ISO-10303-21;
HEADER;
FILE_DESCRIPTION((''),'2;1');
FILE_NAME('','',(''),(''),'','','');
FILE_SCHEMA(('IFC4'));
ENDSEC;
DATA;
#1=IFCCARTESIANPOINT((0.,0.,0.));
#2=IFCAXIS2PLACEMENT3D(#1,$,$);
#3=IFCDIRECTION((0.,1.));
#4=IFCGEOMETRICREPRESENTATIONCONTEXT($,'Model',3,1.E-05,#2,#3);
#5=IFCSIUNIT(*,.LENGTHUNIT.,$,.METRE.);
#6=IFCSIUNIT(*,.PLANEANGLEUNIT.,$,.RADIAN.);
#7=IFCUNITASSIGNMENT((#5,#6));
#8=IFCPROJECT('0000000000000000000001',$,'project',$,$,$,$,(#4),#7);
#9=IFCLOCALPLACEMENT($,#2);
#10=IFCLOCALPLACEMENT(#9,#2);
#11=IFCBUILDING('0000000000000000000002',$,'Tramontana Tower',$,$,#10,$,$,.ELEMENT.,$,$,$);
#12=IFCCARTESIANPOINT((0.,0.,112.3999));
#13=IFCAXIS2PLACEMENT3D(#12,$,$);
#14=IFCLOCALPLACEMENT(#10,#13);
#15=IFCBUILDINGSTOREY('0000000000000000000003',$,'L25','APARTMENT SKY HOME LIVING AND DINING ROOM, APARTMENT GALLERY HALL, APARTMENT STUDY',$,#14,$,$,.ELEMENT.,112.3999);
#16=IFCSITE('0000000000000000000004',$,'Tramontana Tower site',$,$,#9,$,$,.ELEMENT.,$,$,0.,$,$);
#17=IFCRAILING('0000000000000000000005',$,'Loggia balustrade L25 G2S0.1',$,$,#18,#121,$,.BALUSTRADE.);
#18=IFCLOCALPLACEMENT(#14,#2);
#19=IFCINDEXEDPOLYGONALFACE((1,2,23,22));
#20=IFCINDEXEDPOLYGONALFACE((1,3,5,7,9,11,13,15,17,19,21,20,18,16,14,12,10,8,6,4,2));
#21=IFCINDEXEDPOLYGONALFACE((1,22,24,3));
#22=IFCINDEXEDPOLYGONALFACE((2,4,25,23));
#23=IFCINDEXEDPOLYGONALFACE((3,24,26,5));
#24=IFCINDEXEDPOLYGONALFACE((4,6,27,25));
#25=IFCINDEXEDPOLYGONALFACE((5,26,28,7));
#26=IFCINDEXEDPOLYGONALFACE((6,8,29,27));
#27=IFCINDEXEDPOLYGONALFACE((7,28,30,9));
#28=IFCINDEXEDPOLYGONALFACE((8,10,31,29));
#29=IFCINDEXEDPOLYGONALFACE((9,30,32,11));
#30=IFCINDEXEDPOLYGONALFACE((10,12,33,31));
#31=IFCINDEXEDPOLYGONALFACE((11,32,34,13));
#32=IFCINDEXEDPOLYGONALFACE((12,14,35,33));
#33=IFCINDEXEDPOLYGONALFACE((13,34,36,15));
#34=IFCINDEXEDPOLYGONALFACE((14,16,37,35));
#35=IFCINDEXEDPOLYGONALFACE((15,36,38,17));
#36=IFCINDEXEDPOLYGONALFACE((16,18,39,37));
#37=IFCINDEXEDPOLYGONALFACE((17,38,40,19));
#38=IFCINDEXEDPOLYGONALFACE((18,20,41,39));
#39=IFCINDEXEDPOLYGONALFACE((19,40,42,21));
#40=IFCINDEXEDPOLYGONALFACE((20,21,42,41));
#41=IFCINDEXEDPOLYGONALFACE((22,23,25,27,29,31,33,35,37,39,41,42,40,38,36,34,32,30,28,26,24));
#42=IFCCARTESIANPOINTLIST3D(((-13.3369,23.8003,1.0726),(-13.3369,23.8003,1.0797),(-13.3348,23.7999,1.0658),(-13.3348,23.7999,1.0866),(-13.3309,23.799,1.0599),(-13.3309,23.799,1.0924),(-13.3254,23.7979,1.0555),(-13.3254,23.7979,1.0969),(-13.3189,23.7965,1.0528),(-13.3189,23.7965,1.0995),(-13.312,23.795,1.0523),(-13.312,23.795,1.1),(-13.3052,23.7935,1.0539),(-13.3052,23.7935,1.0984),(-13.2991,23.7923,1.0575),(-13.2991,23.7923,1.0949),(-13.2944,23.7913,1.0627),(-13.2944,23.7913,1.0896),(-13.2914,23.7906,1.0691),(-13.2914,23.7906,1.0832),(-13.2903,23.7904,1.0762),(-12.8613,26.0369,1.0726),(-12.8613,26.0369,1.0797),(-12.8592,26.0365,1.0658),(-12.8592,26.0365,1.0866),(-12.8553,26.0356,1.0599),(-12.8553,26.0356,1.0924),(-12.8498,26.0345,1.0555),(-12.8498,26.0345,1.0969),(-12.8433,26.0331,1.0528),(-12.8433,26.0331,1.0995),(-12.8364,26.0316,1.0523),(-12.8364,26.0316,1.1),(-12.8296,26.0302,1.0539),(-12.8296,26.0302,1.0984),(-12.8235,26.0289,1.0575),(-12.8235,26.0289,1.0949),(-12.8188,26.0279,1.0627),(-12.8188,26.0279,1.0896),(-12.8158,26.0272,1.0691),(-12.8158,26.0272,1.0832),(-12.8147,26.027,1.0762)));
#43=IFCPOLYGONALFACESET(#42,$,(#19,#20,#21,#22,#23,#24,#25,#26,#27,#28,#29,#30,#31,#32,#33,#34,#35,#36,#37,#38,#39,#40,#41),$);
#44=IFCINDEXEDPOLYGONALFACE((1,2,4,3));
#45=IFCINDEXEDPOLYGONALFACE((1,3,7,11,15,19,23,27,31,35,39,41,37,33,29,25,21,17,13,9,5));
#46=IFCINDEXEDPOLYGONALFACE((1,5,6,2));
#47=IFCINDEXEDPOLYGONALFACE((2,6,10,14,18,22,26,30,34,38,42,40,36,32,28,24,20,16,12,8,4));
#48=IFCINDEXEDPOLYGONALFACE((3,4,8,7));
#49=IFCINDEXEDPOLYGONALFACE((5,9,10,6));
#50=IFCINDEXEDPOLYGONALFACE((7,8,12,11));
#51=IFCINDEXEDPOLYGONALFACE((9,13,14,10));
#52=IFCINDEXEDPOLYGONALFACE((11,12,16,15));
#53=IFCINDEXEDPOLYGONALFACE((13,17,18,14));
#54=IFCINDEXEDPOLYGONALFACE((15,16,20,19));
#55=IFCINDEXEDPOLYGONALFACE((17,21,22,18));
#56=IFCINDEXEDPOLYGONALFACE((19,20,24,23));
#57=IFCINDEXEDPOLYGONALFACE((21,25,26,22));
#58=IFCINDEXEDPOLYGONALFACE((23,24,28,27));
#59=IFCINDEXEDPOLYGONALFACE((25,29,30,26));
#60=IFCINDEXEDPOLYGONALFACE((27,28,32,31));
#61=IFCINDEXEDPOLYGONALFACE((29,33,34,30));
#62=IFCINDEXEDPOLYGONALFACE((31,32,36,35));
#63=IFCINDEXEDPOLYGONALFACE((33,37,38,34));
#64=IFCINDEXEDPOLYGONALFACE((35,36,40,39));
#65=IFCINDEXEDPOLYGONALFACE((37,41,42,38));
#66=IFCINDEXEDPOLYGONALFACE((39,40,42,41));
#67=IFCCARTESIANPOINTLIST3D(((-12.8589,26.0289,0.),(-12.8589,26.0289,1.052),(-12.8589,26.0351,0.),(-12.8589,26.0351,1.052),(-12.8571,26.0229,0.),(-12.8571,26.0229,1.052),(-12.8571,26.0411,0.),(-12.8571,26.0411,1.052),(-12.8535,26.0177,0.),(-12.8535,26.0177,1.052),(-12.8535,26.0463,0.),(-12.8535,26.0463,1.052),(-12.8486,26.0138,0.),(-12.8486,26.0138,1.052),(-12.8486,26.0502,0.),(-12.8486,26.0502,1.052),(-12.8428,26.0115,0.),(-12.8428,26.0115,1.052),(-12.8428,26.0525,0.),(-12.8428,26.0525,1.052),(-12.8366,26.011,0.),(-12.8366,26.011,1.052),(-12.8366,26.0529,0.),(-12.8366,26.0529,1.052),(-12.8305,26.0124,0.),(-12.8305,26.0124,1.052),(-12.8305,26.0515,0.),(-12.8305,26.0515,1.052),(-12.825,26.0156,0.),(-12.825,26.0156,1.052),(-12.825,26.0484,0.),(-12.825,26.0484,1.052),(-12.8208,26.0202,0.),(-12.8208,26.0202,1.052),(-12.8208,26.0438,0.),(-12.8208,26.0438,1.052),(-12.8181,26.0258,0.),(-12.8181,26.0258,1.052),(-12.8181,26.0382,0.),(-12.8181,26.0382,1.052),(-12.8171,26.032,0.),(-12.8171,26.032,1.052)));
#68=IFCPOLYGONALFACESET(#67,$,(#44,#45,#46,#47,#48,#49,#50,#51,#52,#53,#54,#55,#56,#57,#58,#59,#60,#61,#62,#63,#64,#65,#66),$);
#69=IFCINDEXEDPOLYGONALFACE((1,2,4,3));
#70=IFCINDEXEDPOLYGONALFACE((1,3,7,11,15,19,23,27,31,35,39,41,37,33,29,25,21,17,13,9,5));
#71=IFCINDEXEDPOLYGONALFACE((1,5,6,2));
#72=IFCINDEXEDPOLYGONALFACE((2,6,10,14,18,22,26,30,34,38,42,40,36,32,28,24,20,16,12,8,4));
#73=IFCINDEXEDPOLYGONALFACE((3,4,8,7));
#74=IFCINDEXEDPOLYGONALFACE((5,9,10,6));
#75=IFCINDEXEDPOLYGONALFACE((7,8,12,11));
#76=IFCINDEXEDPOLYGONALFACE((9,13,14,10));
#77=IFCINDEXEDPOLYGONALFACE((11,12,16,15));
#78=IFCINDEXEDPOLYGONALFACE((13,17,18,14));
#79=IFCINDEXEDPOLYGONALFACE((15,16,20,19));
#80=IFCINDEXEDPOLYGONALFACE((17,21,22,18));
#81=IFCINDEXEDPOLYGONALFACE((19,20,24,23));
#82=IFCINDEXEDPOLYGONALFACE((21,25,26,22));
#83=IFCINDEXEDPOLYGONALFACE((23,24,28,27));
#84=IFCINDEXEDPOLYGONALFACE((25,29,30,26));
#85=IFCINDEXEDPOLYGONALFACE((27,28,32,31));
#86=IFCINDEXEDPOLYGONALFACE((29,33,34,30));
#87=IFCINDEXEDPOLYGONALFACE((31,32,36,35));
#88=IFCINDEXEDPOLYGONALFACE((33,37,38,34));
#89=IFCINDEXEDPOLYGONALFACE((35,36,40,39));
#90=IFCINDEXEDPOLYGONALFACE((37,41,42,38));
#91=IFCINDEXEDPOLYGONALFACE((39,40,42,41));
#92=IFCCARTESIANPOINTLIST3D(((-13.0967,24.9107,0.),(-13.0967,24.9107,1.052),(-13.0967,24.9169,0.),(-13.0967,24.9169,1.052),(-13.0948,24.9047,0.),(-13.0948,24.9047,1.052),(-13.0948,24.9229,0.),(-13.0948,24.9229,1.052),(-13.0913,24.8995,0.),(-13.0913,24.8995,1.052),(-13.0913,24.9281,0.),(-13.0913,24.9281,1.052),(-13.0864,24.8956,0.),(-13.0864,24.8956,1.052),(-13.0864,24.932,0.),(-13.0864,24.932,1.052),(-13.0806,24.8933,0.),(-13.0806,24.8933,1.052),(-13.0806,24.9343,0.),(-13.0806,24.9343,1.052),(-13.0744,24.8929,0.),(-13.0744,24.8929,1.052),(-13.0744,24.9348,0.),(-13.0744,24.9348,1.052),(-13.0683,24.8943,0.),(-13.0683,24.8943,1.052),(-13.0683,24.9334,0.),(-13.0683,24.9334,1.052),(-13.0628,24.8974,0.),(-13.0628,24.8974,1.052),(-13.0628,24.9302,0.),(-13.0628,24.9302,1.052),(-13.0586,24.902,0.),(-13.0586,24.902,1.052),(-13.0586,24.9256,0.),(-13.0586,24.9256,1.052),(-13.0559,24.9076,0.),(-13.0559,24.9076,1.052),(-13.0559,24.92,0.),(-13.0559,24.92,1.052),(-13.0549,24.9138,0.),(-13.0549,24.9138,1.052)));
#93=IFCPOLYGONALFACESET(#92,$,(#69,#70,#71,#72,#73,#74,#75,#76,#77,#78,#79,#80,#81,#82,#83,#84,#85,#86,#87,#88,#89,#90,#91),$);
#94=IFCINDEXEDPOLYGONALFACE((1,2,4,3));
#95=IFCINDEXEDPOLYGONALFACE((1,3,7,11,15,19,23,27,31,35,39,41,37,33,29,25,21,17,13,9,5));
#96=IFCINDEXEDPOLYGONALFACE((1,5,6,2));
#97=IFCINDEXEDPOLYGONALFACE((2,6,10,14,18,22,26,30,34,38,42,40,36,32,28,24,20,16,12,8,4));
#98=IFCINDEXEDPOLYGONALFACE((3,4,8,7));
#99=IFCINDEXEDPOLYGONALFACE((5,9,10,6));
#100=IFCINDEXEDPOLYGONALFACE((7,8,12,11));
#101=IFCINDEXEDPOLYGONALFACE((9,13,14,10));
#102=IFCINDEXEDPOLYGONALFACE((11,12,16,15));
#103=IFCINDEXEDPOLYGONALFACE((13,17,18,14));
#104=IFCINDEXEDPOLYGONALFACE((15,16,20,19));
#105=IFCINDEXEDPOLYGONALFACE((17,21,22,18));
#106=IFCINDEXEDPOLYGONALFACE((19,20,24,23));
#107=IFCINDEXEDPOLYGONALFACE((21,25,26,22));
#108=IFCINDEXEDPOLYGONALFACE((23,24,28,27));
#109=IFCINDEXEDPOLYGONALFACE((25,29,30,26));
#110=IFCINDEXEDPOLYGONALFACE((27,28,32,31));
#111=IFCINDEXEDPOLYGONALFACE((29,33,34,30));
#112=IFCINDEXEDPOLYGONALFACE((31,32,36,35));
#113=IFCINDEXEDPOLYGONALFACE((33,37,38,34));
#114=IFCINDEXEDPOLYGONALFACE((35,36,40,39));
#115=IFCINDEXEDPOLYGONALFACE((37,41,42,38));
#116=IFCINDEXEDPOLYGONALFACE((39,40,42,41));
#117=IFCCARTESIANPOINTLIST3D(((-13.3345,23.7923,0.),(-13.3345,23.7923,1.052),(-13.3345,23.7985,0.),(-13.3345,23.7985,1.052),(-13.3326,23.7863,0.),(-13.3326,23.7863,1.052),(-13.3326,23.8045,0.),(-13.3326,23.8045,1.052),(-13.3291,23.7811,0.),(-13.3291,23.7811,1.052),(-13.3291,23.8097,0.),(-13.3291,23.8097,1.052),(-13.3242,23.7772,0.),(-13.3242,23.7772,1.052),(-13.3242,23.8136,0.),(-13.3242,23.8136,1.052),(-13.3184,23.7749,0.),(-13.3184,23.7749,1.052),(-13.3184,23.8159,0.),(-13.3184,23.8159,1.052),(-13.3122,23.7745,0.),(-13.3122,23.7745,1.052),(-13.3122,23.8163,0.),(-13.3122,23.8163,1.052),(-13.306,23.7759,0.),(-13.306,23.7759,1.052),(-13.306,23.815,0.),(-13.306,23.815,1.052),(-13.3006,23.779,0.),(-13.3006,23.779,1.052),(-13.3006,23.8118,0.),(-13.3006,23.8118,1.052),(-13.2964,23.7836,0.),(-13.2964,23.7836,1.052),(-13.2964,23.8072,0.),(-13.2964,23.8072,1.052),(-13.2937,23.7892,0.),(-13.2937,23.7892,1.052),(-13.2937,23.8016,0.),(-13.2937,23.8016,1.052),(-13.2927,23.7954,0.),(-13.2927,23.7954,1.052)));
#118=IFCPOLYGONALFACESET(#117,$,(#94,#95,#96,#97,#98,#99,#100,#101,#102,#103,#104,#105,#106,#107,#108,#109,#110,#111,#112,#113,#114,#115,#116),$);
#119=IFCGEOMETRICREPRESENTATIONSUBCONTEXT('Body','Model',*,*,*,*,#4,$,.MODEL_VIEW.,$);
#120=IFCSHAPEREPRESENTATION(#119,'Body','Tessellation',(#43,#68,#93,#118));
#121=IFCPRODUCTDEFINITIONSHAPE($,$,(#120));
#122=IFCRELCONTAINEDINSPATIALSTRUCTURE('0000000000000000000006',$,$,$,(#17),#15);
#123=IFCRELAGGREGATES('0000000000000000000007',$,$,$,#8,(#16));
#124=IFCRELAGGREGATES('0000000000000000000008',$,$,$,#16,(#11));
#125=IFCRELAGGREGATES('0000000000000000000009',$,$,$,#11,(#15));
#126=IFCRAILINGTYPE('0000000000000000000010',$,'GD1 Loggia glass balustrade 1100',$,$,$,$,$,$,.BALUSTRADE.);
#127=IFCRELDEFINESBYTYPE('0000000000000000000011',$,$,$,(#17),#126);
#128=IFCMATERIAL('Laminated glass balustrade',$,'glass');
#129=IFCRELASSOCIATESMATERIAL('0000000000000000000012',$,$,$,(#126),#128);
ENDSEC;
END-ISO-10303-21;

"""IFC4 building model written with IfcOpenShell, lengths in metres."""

from ifc_helpers import new_model, si_unit, direction, frame, origin, origin_2d, place, context, subcontext, project, spatial, circle, extrude, material, type_object, element, save


model = new_model("IFC4")

# Units and contexts
model_context = context("Model", 3, precision=1e-05, world=origin(), true_north=direction((0.0, 1.0)))
body_context = subcontext(model_context, "Body", "Model", "MODEL_VIEW")
ifc_project = project(units=[si_unit("LENGTHUNIT", "METRE"), si_unit("PLANEANGLEUNIT", "RADIAN")], contexts=[model_context])

# Site, building, storey
site_placement = place(None, origin())
site = spatial("IfcSite", under=ifc_project, at=site_placement, Name="Tramontana Tower site", CompositionType="ELEMENT", RefElevation=0.0)
building_placement = place(site_placement, origin())
building = spatial("IfcBuilding", under=site, at=building_placement, Name="Tramontana Tower", CompositionType="ELEMENT")
storey_placement = place(building_placement, frame((0.0, 0.0, 112.3999)))
storey = spatial("IfcBuildingStorey", under=building, at=storey_placement, Name="L25", Description="APARTMENT SKY HOME LIVING AND DINING ROOM, APARTMENT GALLERY HALL, APARTMENT STUDY", CompositionType="ELEMENT", Elevation=112.3999)

# Railing
ifc_material_1 = material(Name="Laminated glass balustrade", Category="glass")
railing_type = type_object("IfcRailingType", Name="GD1 Loggia glass balustrade 1100", PredefinedType="BALUSTRADE", material=ifc_material_1)
railing_1_placement = place(storey_placement, frame((-12.8381, 26.032, 0.0)))
element("IfcRailing", 1, at=railing_1_placement, inside=storey, type_object=railing_type, Name="Loggia balustrade L25 G2S0.1", PredefinedType="BALUSTRADE", context=body_context, shape_type="SweptSolid", body=[
    extrude(circle(Radius=0.0239, at=origin_2d()), frame((0.0, 0.0, 1.0762), z_axis=(-0.20799, -0.978131, 0.0), x_axis=(0.978131, -0.20799, 0.0)), (0.0, 0.0, 1.0), 2.2866),
    extrude(circle(Radius=0.021, at=origin_2d()), origin(), (0.0, 0.0, 1.0), 1.052),
    extrude(circle(Radius=0.021, at=origin_2d()), frame((-0.2378, -1.1182, 0.0)), (0.0, 0.0, 1.0), 1.052),
    extrude(circle(Radius=0.021, at=origin_2d()), frame((-0.4756, -2.2366, 0.0)), (0.0, 0.0, 1.0), 1.052),
])

save(model, "model.ifc")
